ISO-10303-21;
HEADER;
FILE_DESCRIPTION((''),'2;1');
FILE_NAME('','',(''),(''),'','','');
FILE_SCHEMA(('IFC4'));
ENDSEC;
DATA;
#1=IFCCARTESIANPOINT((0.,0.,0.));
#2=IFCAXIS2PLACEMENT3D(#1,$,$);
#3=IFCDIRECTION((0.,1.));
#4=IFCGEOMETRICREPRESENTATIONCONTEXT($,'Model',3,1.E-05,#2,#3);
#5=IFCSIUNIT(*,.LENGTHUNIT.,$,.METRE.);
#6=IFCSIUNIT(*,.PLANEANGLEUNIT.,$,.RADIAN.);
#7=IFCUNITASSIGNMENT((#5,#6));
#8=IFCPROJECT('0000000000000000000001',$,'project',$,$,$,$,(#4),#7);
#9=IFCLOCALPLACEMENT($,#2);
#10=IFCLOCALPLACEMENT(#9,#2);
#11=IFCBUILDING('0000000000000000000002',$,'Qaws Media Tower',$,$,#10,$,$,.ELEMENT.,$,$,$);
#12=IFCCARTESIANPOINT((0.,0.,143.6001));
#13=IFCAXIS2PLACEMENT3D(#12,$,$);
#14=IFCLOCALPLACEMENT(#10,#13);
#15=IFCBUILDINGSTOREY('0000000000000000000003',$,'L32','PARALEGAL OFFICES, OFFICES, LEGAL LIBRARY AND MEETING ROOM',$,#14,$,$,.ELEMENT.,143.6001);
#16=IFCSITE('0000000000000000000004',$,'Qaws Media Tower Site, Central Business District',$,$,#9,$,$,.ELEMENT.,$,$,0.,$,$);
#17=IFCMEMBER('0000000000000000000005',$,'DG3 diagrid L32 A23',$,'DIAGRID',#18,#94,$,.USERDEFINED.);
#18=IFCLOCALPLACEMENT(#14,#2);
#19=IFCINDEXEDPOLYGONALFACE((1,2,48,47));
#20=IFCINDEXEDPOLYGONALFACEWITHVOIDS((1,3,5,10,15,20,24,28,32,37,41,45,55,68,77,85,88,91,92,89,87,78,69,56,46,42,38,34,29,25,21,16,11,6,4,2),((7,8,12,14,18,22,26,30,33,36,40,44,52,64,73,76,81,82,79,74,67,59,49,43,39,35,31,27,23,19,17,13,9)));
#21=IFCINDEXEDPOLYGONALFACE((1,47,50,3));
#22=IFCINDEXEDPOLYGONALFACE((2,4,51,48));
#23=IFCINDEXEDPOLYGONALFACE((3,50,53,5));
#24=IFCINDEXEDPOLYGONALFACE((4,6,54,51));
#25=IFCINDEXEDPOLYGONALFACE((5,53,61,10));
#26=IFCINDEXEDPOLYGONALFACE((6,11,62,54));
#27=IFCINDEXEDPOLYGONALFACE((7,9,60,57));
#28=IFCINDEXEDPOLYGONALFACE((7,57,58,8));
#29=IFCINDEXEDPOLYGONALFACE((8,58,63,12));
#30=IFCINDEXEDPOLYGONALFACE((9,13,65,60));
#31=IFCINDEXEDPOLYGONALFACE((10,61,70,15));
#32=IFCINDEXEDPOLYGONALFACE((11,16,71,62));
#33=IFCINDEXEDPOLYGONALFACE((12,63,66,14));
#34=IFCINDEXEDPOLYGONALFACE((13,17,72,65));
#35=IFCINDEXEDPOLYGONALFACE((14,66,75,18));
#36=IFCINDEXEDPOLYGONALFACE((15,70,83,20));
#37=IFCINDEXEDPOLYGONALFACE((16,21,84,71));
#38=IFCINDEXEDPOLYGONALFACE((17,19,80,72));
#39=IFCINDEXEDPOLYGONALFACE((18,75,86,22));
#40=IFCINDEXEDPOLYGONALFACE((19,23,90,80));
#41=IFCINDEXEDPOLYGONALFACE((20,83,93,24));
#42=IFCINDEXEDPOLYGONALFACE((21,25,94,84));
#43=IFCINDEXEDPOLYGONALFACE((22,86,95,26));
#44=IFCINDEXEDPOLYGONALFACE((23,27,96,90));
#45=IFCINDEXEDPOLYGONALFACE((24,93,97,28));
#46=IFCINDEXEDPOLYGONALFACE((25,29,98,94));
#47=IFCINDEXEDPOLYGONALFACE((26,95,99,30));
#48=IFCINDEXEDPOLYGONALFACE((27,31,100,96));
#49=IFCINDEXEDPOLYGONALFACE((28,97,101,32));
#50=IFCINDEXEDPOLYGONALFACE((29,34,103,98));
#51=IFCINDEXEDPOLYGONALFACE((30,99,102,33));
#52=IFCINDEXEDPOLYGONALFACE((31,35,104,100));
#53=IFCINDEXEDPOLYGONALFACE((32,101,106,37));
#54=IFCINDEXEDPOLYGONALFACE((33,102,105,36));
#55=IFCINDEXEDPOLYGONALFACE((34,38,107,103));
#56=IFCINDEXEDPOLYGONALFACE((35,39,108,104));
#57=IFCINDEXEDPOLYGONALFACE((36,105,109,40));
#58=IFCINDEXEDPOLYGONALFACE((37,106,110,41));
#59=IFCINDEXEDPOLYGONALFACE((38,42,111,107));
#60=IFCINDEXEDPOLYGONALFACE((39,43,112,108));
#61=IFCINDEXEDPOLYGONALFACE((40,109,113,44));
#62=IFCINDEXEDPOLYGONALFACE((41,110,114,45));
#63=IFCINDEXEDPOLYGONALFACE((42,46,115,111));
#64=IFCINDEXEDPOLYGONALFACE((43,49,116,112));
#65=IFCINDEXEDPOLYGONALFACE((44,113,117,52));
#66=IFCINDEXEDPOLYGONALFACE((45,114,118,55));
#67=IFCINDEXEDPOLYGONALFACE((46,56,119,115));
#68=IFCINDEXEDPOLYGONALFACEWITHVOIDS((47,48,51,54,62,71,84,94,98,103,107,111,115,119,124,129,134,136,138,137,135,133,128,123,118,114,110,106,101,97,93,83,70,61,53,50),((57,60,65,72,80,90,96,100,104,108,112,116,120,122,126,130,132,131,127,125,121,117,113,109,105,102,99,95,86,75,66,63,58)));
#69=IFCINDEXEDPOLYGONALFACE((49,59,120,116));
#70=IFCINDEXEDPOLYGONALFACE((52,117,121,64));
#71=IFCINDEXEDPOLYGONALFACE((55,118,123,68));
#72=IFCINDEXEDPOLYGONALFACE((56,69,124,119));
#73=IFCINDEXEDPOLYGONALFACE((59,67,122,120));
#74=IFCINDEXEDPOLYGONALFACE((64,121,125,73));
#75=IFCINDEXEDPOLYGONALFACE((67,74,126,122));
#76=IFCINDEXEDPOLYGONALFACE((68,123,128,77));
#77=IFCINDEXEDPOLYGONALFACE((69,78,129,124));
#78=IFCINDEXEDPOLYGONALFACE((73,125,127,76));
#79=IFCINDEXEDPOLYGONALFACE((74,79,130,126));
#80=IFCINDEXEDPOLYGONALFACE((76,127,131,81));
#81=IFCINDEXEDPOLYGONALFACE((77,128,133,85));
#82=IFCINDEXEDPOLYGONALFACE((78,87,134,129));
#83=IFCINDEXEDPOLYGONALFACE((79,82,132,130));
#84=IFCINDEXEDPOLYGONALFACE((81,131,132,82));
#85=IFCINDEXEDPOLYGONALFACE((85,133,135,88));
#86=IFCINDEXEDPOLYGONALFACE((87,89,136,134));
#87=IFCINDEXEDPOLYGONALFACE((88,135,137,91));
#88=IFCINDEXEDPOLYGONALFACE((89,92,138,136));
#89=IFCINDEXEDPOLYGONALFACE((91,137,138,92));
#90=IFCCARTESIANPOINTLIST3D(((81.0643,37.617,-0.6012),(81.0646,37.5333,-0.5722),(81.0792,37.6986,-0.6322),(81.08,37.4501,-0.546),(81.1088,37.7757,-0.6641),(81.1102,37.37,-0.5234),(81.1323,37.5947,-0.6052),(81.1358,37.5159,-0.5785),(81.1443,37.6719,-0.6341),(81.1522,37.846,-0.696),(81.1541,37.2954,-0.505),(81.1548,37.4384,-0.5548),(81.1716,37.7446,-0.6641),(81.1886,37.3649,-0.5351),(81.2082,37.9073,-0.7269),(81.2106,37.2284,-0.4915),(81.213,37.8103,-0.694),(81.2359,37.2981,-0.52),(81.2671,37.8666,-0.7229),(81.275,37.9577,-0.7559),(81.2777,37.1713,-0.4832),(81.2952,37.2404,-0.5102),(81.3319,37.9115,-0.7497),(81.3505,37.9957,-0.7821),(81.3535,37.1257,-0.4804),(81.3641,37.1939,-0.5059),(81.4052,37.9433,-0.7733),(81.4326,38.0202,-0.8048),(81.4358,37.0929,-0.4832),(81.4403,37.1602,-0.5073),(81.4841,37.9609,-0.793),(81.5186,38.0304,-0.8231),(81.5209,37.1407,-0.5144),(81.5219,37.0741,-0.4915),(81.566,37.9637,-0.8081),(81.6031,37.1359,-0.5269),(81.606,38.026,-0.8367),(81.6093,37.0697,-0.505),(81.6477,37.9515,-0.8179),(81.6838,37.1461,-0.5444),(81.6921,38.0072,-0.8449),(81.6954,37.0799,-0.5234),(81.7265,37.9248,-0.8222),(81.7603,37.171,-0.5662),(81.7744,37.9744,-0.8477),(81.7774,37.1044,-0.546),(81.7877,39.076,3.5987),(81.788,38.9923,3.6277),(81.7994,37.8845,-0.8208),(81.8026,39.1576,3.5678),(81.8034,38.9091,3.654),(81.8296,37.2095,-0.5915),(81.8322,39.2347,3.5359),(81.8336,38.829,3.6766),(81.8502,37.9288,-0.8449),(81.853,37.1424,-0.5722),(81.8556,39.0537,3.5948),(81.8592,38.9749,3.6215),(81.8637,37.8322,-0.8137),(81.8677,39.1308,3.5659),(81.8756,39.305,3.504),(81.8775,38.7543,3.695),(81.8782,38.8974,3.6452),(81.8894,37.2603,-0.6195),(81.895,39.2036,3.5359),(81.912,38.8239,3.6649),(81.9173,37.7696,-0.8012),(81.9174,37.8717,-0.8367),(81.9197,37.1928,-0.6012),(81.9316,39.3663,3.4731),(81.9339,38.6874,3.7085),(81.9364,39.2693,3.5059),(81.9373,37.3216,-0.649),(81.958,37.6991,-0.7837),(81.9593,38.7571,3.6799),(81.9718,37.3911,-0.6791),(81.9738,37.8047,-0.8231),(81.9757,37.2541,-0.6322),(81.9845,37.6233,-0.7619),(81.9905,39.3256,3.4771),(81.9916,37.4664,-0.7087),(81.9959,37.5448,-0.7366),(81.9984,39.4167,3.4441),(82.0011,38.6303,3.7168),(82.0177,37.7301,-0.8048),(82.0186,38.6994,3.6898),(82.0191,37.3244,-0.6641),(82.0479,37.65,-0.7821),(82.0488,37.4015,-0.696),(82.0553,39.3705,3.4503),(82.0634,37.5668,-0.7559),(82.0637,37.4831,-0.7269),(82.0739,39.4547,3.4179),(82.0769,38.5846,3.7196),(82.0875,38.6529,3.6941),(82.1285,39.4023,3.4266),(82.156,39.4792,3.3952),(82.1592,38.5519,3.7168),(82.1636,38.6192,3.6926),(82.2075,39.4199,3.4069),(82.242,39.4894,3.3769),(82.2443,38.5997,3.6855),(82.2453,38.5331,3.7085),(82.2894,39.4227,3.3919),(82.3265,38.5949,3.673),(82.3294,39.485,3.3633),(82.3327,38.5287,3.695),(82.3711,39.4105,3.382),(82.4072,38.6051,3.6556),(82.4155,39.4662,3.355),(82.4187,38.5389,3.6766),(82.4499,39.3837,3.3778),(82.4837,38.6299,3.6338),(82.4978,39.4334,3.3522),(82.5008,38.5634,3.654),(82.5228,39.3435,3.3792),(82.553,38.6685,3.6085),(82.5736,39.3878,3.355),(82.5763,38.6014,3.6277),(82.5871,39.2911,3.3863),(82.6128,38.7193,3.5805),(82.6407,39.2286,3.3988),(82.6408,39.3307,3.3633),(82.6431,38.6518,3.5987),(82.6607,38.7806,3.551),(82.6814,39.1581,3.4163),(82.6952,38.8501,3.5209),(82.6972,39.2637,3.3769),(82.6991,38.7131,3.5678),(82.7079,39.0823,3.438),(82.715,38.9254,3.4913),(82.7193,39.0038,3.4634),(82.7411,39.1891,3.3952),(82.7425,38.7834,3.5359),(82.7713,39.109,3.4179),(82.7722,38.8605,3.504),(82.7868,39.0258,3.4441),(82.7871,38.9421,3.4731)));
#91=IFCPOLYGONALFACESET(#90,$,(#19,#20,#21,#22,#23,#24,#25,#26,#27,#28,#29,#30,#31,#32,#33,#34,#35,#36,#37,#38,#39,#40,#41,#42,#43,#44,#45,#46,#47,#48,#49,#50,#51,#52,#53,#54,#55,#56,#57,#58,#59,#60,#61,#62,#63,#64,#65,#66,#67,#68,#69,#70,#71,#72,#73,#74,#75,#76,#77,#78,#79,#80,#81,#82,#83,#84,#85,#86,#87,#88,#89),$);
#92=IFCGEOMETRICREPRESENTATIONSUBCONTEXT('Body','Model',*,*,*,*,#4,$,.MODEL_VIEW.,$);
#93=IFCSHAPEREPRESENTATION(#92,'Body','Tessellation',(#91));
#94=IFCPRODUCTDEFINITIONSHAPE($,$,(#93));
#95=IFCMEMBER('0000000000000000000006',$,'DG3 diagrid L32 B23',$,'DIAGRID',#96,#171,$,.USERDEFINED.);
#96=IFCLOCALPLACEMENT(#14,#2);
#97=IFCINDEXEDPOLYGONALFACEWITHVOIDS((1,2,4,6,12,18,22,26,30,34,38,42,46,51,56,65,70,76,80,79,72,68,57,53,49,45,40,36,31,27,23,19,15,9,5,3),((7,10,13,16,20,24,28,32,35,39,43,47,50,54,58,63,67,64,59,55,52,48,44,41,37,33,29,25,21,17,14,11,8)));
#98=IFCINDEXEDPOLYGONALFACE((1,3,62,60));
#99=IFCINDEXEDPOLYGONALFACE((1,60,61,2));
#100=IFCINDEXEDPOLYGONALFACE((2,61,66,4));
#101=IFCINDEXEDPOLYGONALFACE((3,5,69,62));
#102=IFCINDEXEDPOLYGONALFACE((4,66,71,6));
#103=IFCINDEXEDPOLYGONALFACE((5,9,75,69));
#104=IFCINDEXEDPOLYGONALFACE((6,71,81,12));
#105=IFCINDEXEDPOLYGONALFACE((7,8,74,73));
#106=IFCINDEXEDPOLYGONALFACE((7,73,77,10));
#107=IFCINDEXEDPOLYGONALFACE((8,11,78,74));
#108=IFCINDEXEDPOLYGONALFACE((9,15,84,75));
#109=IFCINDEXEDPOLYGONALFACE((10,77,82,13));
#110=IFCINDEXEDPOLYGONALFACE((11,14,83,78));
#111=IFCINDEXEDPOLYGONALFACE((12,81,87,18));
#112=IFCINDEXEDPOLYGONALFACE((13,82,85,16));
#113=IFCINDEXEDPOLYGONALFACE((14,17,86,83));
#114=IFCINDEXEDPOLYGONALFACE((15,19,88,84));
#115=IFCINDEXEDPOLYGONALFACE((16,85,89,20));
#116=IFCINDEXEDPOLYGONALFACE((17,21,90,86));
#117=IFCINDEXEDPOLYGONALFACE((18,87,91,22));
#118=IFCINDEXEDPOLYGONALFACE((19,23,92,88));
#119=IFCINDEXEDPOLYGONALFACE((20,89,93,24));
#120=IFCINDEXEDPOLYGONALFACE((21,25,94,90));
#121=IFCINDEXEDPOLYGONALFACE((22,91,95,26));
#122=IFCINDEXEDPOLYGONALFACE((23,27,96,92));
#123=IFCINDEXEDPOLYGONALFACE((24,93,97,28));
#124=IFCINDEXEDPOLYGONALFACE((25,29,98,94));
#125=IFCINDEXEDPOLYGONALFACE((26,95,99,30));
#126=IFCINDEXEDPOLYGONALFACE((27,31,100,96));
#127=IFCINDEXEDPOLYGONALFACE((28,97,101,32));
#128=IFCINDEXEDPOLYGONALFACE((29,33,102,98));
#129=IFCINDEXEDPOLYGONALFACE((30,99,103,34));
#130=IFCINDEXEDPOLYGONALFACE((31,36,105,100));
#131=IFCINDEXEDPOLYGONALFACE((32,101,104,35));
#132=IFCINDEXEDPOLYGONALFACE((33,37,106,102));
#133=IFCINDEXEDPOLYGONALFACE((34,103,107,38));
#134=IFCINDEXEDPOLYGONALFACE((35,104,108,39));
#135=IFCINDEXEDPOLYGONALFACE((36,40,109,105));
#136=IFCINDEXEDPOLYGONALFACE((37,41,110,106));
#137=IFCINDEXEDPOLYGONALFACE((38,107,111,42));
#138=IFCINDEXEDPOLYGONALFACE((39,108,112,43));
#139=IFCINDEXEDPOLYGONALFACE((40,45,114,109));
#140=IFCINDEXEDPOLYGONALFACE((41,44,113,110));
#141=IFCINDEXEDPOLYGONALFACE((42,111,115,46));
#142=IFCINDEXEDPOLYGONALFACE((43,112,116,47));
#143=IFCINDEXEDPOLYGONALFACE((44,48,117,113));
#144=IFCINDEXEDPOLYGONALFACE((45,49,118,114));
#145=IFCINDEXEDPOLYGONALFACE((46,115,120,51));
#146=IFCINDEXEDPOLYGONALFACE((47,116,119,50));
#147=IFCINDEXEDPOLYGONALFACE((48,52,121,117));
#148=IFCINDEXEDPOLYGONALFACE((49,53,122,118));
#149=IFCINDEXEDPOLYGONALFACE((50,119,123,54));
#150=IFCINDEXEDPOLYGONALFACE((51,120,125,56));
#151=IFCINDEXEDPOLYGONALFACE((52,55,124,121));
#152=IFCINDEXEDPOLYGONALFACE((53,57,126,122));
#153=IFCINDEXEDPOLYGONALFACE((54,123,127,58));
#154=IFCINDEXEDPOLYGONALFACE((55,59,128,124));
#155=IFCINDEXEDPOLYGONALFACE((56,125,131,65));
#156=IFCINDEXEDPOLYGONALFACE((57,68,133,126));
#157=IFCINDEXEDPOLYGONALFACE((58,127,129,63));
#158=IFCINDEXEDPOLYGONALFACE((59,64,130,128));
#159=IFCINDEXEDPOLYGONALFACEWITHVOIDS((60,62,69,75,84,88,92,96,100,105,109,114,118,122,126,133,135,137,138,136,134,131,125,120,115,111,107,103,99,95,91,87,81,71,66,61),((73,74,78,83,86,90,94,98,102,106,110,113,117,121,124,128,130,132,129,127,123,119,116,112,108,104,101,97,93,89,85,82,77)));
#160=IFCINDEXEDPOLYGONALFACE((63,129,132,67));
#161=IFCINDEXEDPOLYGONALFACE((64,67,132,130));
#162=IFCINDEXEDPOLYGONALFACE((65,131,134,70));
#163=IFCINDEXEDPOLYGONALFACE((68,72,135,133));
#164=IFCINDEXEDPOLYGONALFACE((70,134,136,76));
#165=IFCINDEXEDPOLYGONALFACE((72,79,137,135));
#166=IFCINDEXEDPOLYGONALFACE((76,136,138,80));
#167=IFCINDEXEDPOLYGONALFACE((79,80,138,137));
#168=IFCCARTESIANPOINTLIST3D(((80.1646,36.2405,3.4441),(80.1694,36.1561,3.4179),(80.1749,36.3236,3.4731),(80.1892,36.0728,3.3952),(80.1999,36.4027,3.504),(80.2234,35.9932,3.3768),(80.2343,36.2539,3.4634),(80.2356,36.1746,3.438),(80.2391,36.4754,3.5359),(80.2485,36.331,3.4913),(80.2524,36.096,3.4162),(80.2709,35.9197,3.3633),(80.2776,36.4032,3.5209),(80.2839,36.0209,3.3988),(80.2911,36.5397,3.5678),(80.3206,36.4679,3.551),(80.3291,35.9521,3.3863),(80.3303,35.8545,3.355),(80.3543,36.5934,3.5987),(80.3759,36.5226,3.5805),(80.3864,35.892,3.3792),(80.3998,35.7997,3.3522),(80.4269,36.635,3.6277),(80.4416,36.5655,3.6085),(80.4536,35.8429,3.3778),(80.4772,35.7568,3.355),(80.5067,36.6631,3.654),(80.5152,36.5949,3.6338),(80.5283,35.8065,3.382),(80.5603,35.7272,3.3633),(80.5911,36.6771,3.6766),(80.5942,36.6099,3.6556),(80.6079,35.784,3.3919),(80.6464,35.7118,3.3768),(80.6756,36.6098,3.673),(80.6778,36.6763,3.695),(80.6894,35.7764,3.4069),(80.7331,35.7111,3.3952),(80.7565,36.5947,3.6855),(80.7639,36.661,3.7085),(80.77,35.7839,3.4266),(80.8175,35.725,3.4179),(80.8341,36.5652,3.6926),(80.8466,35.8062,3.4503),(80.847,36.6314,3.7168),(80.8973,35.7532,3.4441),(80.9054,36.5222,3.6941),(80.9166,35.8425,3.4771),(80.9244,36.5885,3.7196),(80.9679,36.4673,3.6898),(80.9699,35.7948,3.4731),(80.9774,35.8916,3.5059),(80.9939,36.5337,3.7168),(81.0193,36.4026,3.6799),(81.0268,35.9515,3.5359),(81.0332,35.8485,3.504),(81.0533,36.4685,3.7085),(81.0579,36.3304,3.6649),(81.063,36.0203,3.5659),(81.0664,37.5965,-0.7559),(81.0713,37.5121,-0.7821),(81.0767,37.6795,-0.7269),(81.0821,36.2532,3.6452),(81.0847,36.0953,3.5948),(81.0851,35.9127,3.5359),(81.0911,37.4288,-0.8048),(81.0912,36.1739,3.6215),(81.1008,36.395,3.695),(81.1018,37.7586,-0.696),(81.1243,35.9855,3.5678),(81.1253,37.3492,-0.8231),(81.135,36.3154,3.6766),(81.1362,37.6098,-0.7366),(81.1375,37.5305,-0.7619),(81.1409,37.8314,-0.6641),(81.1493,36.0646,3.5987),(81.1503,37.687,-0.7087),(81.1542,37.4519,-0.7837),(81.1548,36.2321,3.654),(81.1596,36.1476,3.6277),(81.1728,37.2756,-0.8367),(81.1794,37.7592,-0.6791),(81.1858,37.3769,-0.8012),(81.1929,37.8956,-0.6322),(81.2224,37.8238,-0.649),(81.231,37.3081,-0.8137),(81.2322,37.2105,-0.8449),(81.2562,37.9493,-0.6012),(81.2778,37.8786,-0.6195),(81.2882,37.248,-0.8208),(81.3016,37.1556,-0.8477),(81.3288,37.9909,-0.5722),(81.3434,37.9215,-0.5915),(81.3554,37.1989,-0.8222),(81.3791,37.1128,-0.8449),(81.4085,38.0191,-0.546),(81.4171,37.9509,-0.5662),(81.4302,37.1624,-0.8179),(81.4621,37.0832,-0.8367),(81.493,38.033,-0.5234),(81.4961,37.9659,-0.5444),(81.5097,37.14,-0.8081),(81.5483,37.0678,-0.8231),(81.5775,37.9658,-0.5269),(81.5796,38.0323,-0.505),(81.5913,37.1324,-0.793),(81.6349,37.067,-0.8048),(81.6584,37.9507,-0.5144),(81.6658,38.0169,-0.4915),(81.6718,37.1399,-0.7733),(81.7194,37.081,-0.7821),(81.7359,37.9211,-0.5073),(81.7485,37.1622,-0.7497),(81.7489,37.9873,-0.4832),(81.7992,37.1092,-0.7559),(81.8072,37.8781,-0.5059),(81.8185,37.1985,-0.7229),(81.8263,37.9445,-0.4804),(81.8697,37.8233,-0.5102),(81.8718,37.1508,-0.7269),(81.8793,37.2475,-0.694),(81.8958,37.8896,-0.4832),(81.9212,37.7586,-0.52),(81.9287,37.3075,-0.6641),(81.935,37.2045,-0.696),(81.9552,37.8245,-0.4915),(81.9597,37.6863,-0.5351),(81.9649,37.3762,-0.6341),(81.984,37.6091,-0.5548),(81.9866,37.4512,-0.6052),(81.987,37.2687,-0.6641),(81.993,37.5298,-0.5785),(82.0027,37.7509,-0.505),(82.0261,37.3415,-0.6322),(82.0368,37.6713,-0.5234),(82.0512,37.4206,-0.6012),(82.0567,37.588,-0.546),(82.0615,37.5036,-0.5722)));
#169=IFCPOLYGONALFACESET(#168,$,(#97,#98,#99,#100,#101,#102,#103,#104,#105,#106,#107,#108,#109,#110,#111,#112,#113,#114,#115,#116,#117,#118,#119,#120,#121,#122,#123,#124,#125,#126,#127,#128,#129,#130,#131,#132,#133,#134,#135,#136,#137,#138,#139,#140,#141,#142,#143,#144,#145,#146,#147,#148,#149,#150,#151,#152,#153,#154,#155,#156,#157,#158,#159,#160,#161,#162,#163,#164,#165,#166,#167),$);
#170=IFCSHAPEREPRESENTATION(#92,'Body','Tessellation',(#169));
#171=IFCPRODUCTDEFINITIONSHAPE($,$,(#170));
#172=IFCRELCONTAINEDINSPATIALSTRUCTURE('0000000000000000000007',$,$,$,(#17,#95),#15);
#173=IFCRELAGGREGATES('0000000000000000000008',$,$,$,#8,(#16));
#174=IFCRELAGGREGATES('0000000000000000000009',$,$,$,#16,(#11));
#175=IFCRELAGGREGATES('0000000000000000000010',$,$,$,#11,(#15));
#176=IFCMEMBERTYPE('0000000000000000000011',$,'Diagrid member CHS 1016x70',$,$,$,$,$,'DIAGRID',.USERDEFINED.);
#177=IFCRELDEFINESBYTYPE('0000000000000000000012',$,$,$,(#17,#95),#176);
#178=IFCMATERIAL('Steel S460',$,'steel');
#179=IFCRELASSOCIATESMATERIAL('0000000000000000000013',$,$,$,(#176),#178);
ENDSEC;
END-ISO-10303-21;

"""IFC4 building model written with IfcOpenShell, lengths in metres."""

from ifc_helpers import new_model, si_unit, direction, frame, origin, origin_2d, place, context, subcontext, project, spatial, hollow_circle, extrude, material, material_profile, profile_set, type_object, element, save


model = new_model("IFC4")

# Units and contexts
model_context = context("Model", 3, precision=1e-05, world=origin(), true_north=direction((0.0, 1.0)))
body_context = subcontext(model_context, "Body", "Model", "MODEL_VIEW")
ifc_project = project(units=[si_unit("LENGTHUNIT", "METRE"), si_unit("PLANEANGLEUNIT", "RADIAN")], contexts=[model_context])

# Site, building, storey
site_placement = place(None, origin())
site = spatial("IfcSite", under=ifc_project, at=site_placement, Name="Qaws Media Tower Site, Central Business District", CompositionType="ELEMENT", RefElevation=0.0)
building_placement = place(site_placement, origin())
building = spatial("IfcBuilding", under=site, at=building_placement, Name="Qaws Media Tower", CompositionType="ELEMENT")
storey_placement = place(building_placement, frame((0.0, 0.0, 143.6001)))
storey = spatial("IfcBuildingStorey", under=building, at=storey_placement, Name="L32", Description="PARALEGAL OFFICES, OFFICES, LEGAL LIBRARY AND MEETING ROOM", CompositionType="ELEMENT", Elevation=143.6001)

# Members
ifc_material_1 = material(Name="Steel S460", Category="steel")
ifc_material_profile_1 = material_profile(ifc_material_1, hollow_circle(Radius=0.5081, WallThickness=0.0701, at=origin_2d()), Name="CHS 1016x70")
ifc_profile_set_1 = profile_set([ifc_material_profile_1], Name="Steel S460")
member_type_1 = type_object("IfcMemberType", Name="Diagrid member CHS 1016x70", ElementType="DIAGRID", PredefinedType="USERDEFINED", material=ifc_profile_set_1)
for number, where, z_axis, x_axis, name in (
    (1, (81.564, 37.55, -0.6641), (0.160589, 0.323887, 0.932367), (-0.895921, 0.444213, 0.0), "DG3 diagrid L32 A23"),
    (2, (81.564, 37.55, -0.6641), (-0.200207, -0.301015, 0.932366), (0.832649, -0.5538, 0.0), "DG3 diagrid L32 B23"),
):
    element("IfcMember", number, at=place(storey_placement, frame(where, z_axis=z_axis, x_axis=x_axis)), inside=storey, type_object=member_type_1, Name=name, ObjectType="DIAGRID", PredefinedType="USERDEFINED", context=body_context, shape_type="SweptSolid", body=[
        extrude(hollow_circle(Radius=0.5081, WallThickness=0.0701, at=origin_2d()), origin(), (0.0, 0.0, 1.0), 4.5046),
    ])

save(model, "model.ifc")
